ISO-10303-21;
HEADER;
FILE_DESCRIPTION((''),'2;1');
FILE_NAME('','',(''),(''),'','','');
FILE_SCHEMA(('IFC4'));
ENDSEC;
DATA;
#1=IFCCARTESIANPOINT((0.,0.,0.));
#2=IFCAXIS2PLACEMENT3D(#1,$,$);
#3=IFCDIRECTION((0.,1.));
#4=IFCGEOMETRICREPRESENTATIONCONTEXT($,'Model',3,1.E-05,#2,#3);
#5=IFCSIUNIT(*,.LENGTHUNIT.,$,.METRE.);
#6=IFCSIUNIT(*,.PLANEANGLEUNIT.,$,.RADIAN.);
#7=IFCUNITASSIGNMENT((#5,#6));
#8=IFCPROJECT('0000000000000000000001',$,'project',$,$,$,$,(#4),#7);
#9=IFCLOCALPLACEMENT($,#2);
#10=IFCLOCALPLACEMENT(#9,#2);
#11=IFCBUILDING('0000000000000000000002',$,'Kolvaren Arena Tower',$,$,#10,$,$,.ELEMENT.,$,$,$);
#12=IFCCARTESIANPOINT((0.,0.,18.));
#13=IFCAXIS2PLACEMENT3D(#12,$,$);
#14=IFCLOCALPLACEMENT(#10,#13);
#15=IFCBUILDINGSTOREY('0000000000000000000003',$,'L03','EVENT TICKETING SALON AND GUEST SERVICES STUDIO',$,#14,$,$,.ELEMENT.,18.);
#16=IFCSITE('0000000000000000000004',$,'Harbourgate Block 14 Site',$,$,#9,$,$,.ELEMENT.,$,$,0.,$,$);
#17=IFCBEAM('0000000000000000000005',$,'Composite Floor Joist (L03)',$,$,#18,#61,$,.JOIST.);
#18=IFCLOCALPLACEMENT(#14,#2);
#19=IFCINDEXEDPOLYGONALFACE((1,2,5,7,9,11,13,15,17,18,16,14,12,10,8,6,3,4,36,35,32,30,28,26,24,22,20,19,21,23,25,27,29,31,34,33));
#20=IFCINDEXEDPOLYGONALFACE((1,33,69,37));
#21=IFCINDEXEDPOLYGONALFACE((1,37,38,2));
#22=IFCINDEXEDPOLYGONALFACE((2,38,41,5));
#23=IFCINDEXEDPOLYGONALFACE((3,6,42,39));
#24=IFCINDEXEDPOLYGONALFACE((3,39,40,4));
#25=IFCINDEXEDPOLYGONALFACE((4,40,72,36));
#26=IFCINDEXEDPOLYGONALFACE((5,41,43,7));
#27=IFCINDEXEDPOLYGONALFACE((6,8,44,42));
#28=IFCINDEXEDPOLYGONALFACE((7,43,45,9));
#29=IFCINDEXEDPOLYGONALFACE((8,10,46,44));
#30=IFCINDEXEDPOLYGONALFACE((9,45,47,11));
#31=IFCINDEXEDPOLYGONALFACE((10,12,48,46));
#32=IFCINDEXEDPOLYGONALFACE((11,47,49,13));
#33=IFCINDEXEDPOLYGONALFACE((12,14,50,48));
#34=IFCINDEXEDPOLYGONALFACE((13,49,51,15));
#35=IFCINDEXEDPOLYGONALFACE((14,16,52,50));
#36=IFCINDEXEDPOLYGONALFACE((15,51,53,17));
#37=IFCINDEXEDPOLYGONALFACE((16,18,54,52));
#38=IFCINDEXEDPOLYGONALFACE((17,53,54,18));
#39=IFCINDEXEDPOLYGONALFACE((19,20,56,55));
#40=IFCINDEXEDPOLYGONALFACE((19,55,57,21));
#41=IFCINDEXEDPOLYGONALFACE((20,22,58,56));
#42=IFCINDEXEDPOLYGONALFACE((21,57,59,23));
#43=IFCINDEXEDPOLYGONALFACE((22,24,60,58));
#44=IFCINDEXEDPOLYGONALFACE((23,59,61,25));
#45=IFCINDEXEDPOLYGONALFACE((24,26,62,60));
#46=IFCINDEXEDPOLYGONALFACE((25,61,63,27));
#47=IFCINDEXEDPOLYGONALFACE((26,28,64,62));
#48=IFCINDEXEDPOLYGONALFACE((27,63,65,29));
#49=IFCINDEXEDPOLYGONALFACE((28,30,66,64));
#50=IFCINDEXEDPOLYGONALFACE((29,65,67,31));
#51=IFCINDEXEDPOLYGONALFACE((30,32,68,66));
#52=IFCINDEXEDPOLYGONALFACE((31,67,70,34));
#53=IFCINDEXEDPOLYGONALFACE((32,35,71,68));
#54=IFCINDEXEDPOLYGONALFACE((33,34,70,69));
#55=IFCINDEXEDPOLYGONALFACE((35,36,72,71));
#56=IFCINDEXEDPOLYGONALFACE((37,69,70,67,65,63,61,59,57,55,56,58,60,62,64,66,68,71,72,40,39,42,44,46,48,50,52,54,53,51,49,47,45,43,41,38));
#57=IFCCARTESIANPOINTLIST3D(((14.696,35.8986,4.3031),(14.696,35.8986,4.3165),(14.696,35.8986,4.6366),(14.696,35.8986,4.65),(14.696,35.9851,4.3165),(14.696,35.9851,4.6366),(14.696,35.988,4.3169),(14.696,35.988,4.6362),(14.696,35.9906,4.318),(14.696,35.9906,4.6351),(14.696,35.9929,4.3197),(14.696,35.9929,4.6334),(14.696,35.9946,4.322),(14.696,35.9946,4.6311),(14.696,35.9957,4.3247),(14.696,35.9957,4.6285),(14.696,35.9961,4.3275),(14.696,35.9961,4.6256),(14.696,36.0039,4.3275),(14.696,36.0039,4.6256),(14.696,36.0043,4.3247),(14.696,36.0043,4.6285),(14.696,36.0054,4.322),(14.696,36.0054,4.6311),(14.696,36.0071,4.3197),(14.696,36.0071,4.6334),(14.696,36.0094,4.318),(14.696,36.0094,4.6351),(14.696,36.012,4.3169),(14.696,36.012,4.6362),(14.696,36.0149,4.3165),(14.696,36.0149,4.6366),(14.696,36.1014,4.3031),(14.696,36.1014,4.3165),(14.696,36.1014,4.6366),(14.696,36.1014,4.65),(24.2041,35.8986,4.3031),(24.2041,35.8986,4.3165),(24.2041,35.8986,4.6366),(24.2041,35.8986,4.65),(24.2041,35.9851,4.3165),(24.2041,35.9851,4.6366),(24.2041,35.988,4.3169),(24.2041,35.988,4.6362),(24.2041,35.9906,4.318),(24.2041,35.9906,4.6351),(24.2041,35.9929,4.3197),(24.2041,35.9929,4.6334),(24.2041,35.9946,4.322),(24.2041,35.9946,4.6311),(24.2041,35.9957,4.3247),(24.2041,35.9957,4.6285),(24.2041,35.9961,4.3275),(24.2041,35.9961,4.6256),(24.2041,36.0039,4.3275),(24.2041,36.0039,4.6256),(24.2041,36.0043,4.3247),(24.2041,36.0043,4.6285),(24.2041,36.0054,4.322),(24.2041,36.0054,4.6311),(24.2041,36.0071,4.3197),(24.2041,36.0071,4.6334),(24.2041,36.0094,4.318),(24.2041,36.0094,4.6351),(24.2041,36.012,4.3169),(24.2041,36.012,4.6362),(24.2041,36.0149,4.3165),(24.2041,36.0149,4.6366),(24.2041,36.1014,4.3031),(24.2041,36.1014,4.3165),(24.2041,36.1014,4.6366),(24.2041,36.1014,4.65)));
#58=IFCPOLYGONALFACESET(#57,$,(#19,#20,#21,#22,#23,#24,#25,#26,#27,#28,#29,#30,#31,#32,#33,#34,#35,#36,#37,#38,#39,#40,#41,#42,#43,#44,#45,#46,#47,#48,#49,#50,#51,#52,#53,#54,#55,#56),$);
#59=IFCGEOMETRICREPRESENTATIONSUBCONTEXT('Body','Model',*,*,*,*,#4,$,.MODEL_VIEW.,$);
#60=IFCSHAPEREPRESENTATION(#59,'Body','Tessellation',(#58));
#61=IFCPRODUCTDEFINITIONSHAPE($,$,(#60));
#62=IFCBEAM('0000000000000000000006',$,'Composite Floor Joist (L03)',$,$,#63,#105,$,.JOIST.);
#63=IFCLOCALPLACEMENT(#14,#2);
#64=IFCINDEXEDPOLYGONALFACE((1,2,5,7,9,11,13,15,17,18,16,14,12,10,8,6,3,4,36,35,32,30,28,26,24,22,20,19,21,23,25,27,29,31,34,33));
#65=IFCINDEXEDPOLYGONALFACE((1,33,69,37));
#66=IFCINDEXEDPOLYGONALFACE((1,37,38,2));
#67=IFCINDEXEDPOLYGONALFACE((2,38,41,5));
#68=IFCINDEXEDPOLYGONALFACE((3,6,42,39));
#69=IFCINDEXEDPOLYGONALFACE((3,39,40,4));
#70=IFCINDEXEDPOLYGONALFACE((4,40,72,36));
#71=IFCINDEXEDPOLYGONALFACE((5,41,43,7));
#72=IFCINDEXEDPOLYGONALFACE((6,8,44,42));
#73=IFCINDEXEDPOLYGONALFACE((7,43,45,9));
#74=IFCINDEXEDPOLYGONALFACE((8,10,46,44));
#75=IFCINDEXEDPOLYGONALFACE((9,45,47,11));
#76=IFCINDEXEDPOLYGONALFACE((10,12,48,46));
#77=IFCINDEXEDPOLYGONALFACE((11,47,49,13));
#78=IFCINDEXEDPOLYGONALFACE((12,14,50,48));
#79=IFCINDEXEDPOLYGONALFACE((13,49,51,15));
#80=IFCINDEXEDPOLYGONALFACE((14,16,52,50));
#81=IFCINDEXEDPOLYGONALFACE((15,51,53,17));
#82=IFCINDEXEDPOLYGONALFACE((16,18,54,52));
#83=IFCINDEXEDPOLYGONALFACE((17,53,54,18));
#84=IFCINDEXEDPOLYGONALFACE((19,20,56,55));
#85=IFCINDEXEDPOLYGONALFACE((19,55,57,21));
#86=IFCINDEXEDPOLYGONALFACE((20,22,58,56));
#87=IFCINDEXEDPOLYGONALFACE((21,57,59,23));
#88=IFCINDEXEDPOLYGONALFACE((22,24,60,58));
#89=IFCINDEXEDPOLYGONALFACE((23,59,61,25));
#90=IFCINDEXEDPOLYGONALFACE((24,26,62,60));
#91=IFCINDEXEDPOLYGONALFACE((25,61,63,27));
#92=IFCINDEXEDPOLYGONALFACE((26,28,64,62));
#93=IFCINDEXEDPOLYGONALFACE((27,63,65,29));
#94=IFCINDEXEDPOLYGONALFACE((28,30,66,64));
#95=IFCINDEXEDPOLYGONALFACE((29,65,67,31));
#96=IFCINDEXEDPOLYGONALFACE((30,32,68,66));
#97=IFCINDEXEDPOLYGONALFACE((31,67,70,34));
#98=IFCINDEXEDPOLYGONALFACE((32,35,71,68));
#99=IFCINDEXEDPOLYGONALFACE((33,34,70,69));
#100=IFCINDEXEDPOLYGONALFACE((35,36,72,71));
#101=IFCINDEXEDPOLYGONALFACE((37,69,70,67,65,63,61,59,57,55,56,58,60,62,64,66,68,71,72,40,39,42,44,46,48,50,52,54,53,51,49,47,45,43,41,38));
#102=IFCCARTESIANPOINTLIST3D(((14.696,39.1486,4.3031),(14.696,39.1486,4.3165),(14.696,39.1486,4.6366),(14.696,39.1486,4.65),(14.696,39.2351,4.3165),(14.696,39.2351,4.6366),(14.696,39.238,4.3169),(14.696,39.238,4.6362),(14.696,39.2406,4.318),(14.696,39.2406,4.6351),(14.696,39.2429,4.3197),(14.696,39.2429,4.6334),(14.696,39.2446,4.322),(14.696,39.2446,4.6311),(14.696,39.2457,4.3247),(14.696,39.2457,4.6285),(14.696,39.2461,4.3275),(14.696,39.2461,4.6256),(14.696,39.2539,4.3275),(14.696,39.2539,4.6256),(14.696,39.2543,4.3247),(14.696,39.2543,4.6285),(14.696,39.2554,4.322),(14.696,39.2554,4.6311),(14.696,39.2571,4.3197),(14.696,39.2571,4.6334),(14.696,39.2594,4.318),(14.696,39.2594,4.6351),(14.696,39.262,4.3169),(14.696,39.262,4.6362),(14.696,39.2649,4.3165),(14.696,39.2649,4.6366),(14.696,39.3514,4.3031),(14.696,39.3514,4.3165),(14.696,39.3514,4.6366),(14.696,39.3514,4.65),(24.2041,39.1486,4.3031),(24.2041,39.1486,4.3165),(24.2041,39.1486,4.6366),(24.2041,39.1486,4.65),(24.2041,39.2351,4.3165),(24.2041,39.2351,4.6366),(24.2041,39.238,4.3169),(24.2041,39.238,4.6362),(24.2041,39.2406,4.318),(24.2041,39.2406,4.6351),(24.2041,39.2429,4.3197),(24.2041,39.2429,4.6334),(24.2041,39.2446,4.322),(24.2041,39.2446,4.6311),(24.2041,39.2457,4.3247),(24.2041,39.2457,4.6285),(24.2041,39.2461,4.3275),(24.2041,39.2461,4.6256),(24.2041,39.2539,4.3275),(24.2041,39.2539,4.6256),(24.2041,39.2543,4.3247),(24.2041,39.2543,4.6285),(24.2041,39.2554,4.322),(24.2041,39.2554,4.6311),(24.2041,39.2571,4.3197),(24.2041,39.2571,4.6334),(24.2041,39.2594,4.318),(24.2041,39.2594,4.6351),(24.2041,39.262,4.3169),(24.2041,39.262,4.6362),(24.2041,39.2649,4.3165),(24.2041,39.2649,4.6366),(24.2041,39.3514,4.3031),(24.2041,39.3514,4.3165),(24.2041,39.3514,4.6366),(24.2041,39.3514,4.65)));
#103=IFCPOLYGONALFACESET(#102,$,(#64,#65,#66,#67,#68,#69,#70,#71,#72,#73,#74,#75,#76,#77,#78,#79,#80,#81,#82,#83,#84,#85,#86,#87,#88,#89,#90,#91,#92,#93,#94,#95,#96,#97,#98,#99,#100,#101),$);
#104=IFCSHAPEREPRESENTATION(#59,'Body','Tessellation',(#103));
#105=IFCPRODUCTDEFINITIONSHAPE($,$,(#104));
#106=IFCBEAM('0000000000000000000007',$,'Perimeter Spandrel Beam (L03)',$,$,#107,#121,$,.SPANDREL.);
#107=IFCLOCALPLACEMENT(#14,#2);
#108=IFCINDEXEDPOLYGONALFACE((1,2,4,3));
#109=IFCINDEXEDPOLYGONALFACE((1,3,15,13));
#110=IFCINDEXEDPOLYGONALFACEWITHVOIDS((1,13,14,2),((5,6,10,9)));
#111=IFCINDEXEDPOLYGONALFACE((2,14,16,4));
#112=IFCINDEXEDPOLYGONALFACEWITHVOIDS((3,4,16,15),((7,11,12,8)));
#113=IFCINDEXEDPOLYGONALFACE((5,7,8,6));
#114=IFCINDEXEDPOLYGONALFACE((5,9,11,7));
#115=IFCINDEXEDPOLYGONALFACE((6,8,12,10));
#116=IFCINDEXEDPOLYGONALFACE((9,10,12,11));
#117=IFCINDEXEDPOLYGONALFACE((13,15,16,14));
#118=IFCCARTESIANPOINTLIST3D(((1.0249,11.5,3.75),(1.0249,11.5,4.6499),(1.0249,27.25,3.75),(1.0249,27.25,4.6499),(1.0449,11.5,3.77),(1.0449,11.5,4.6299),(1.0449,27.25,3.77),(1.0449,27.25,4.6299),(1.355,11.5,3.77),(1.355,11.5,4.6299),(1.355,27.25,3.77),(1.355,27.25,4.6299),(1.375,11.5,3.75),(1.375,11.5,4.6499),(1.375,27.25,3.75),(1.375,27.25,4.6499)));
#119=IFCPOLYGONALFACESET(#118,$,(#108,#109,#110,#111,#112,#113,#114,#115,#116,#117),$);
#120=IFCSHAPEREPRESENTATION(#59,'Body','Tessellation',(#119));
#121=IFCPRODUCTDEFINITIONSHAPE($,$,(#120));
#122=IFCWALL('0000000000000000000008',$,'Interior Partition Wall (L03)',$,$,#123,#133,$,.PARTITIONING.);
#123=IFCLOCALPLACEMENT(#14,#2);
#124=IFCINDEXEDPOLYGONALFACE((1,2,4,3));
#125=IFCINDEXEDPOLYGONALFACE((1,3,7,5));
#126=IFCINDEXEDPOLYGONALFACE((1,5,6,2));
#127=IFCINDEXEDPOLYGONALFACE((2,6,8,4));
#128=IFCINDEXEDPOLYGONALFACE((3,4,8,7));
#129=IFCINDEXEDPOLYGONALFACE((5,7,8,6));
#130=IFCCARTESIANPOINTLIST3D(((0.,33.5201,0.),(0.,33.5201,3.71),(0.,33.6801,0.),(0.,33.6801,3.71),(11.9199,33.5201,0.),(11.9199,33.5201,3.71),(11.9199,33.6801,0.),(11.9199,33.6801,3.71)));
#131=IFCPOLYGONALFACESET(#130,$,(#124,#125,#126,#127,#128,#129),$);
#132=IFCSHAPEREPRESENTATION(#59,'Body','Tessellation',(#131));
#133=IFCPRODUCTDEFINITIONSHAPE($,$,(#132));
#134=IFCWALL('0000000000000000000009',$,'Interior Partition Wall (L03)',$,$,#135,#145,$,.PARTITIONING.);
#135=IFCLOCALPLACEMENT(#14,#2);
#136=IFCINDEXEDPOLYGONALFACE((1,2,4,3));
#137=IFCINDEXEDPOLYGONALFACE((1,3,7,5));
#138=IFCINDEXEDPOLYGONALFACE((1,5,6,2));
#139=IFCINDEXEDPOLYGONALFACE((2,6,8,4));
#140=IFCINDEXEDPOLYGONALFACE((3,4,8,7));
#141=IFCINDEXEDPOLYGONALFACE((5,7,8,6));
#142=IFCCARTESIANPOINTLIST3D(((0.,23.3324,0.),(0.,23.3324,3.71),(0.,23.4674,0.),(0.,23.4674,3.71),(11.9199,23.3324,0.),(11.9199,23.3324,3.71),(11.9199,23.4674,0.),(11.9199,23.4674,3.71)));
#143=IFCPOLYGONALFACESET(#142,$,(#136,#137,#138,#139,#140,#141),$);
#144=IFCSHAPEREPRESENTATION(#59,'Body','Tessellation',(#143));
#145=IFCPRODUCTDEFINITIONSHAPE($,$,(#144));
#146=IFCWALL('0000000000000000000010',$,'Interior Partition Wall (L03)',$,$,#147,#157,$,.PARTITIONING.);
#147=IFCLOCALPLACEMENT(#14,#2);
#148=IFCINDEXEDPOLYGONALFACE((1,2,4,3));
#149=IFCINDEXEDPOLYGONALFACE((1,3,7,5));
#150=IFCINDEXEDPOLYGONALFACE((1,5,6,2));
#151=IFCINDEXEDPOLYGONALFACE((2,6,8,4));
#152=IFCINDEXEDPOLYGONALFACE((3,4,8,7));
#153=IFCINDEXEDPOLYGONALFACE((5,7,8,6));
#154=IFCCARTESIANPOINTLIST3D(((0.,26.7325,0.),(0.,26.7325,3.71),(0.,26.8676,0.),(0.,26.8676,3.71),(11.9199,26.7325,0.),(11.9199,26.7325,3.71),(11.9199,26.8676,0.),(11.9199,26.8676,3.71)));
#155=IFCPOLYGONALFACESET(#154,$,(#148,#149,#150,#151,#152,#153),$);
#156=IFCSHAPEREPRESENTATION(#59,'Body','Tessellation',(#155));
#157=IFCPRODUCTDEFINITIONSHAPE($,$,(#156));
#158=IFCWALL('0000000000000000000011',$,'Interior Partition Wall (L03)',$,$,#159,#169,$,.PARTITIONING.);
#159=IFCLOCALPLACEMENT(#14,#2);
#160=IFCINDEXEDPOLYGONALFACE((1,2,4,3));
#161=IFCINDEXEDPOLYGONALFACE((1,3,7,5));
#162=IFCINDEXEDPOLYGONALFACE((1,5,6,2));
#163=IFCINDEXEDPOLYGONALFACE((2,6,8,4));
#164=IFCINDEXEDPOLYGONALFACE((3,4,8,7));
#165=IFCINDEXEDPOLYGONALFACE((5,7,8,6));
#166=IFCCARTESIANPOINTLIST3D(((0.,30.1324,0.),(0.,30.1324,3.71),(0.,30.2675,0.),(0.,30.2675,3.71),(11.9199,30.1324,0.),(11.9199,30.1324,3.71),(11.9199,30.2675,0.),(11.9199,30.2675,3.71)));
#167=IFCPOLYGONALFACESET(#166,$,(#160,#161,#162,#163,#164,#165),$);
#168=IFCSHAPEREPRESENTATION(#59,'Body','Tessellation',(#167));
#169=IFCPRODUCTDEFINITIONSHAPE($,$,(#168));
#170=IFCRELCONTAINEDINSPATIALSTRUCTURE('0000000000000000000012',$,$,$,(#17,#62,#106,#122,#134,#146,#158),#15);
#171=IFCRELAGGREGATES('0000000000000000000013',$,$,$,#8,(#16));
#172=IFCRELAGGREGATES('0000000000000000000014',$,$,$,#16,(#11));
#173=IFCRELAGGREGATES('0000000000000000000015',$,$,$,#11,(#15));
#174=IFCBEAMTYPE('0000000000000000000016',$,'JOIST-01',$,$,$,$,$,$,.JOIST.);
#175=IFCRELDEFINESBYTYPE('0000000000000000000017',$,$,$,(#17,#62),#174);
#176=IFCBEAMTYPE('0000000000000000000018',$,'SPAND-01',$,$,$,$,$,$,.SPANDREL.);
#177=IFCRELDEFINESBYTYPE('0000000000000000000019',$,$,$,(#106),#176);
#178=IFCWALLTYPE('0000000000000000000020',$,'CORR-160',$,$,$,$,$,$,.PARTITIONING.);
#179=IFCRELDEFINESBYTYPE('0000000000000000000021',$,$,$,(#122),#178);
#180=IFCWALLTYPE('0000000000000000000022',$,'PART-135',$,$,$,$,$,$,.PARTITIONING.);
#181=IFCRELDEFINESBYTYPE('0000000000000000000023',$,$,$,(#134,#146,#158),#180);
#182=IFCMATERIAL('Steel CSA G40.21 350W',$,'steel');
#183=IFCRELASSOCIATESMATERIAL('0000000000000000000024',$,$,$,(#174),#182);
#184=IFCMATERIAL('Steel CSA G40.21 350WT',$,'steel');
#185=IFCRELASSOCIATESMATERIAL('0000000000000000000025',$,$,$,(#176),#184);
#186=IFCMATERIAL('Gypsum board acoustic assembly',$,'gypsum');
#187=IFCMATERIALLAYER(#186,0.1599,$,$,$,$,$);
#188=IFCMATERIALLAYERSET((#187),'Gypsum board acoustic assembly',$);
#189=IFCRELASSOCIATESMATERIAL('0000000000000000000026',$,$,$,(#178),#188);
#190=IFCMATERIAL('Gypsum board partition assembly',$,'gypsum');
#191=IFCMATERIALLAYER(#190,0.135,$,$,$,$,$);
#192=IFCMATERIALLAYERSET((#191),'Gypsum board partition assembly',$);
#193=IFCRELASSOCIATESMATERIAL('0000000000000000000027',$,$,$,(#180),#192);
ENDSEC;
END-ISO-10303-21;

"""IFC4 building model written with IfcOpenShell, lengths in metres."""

from ifc_helpers import new_model, si_unit, direction, frame, frame_2d, origin, origin_2d, place, context, subcontext, project, spatial, rectangle, hollow_rectangle, i_section, extrude, material, layer, layer_set, material_profile, profile_set, type_object, element, save


model = new_model("IFC4")

# Units and contexts
model_context = context("Model", 3, precision=1e-05, world=origin(), true_north=direction((0.0, 1.0)))
body_context = subcontext(model_context, "Body", "Model", "MODEL_VIEW")
ifc_project = project(units=[si_unit("LENGTHUNIT", "METRE"), si_unit("PLANEANGLEUNIT", "RADIAN")], contexts=[model_context])

# Site, building, storey
site_placement = place(None, origin())
site = spatial("IfcSite", under=ifc_project, at=site_placement, Name="Harbourgate Block 14 Site", CompositionType="ELEMENT", RefElevation=0.0)
building_placement = place(site_placement, origin())
building = spatial("IfcBuilding", under=site, at=building_placement, Name="Kolvaren Arena Tower", CompositionType="ELEMENT")
storey_placement = place(building_placement, frame((0.0, 0.0, 18.0)))
storey = spatial("IfcBuildingStorey", under=building, at=storey_placement, Name="L03", Description="EVENT TICKETING SALON AND GUEST SERVICES STUDIO", CompositionType="ELEMENT", Elevation=18.0)

# Beams
ifc_material_1 = material(Name="Steel CSA G40.21 350W", Category="steel")
ifc_material_profile_1 = material_profile(ifc_material_1, i_section(OverallWidth=0.2029, OverallDepth=0.3469, WebThickness=0.0078, FlangeThickness=0.0134, FilletRadius=0.011, at=origin_2d()), Name="W360x64")
ifc_profile_set_1 = profile_set([ifc_material_profile_1], Name="Steel CSA G40.21 350W")
beam_type_1 = type_object("IfcBeamType", Name="JOIST-01", PredefinedType="JOIST", material=ifc_profile_set_1)
for number, where, z_axis, x_axis, name in (
    (1, (14.696, 36.0, 4.4766), (1.0, 0.0, 0.0), (0.0, 1.0, 0.0), "Composite Floor Joist (L03)"),
    (2, (14.696, 39.25, 4.4766), (1.0, 0.0, 0.0), (0.0, 1.0, 0.0), "Composite Floor Joist (L03)"),
):
    element("IfcBeam", number, at=place(storey_placement, frame(where, z_axis=z_axis, x_axis=x_axis)), inside=storey, type_object=beam_type_1, Name=name, PredefinedType="JOIST", context=body_context, shape_type="SweptSolid", body=[
        extrude(i_section(OverallWidth=0.2029, OverallDepth=0.3469, WebThickness=0.0078, FlangeThickness=0.0134, FilletRadius=0.011, at=origin_2d()), origin(), (0.0, 0.0, 1.0), 9.5081),
    ])
ifc_material_2 = material(Name="Steel CSA G40.21 350WT", Category="steel")
ifc_material_profile_2 = material_profile(ifc_material_2, hollow_rectangle(XDim=0.3501, YDim=0.8999, WallThickness=0.02, at=origin_2d()), Name="HSS 900x350x20")
ifc_profile_set_2 = profile_set([ifc_material_profile_2], Name="Steel CSA G40.21 350WT")
beam_type_2 = type_object("IfcBeamType", Name="SPAND-01", PredefinedType="SPANDREL", material=ifc_profile_set_2)
beam_1_placement = place(storey_placement, frame((1.2, 27.25, 4.2), z_axis=(0.0, -1.0, 0.0), x_axis=(1.0, 0.0, 0.0)))
element("IfcBeam", 3, at=beam_1_placement, inside=storey, type_object=beam_type_2, Name="Perimeter Spandrel Beam (L03)", PredefinedType="SPANDREL", context=body_context, shape_type="SweptSolid", body=[
    extrude(hollow_rectangle(XDim=0.3501, YDim=0.8999, WallThickness=0.02, at=origin_2d()), origin(), (0.0, 0.0, 1.0), 15.75),
])

# Walls
ifc_material_3 = material(Name="Gypsum board acoustic assembly", Category="gypsum")
ifc_layer_1 = layer(ifc_material_3, 0.1599)
ifc_layer_set_1 = layer_set([ifc_layer_1], Name="Gypsum board acoustic assembly")
wall_type_1 = type_object("IfcWallType", Name="CORR-160", PredefinedType="PARTITIONING", material=ifc_layer_set_1)
wall_1_placement = place(storey_placement, frame((0.0, 33.6001, 0.0), z_axis=(0.0, 0.0, 1.0), x_axis=(1.0, 0.0, 0.0)))
element("IfcWall", 4, at=wall_1_placement, inside=storey, type_object=wall_type_1, Name="Interior Partition Wall (L03)", PredefinedType="PARTITIONING", context=body_context, shape_type="SweptSolid", body=[
    extrude(rectangle(XDim=11.9199, YDim=0.1599, at=frame_2d((5.96, 0.0))), origin(), (0.0, 0.0, 1.0), 3.71),
])
ifc_material_4 = material(Name="Gypsum board partition assembly", Category="gypsum")
ifc_layer_2 = layer(ifc_material_4, 0.135)
ifc_layer_set_2 = layer_set([ifc_layer_2], Name="Gypsum board partition assembly")
wall_type_2 = type_object("IfcWallType", Name="PART-135", PredefinedType="PARTITIONING", material=ifc_layer_set_2)
for number, where, z_axis, x_axis, name in (
    (5, (0.0, 23.3999, 0.0), (0.0, 0.0, 1.0), (1.0, 0.0, 0.0), "Interior Partition Wall (L03)"),
    (6, (0.0, 26.8, 0.0), (0.0, 0.0, 1.0), (1.0, 0.0, 0.0), "Interior Partition Wall (L03)"),
    (7, (0.0, 30.2, 0.0), (0.0, 0.0, 1.0), (1.0, 0.0, 0.0), "Interior Partition Wall (L03)"),
):
    element("IfcWall", number, at=place(storey_placement, frame(where, z_axis=z_axis, x_axis=x_axis)), inside=storey, type_object=wall_type_2, Name=name, PredefinedType="PARTITIONING", context=body_context, shape_type="SweptSolid", body=[
        extrude(rectangle(XDim=11.9199, YDim=0.135, at=frame_2d((5.96, 0.0))), origin(), (0.0, 0.0, 1.0), 3.71),
    ])

save(model, "model.ifc")
